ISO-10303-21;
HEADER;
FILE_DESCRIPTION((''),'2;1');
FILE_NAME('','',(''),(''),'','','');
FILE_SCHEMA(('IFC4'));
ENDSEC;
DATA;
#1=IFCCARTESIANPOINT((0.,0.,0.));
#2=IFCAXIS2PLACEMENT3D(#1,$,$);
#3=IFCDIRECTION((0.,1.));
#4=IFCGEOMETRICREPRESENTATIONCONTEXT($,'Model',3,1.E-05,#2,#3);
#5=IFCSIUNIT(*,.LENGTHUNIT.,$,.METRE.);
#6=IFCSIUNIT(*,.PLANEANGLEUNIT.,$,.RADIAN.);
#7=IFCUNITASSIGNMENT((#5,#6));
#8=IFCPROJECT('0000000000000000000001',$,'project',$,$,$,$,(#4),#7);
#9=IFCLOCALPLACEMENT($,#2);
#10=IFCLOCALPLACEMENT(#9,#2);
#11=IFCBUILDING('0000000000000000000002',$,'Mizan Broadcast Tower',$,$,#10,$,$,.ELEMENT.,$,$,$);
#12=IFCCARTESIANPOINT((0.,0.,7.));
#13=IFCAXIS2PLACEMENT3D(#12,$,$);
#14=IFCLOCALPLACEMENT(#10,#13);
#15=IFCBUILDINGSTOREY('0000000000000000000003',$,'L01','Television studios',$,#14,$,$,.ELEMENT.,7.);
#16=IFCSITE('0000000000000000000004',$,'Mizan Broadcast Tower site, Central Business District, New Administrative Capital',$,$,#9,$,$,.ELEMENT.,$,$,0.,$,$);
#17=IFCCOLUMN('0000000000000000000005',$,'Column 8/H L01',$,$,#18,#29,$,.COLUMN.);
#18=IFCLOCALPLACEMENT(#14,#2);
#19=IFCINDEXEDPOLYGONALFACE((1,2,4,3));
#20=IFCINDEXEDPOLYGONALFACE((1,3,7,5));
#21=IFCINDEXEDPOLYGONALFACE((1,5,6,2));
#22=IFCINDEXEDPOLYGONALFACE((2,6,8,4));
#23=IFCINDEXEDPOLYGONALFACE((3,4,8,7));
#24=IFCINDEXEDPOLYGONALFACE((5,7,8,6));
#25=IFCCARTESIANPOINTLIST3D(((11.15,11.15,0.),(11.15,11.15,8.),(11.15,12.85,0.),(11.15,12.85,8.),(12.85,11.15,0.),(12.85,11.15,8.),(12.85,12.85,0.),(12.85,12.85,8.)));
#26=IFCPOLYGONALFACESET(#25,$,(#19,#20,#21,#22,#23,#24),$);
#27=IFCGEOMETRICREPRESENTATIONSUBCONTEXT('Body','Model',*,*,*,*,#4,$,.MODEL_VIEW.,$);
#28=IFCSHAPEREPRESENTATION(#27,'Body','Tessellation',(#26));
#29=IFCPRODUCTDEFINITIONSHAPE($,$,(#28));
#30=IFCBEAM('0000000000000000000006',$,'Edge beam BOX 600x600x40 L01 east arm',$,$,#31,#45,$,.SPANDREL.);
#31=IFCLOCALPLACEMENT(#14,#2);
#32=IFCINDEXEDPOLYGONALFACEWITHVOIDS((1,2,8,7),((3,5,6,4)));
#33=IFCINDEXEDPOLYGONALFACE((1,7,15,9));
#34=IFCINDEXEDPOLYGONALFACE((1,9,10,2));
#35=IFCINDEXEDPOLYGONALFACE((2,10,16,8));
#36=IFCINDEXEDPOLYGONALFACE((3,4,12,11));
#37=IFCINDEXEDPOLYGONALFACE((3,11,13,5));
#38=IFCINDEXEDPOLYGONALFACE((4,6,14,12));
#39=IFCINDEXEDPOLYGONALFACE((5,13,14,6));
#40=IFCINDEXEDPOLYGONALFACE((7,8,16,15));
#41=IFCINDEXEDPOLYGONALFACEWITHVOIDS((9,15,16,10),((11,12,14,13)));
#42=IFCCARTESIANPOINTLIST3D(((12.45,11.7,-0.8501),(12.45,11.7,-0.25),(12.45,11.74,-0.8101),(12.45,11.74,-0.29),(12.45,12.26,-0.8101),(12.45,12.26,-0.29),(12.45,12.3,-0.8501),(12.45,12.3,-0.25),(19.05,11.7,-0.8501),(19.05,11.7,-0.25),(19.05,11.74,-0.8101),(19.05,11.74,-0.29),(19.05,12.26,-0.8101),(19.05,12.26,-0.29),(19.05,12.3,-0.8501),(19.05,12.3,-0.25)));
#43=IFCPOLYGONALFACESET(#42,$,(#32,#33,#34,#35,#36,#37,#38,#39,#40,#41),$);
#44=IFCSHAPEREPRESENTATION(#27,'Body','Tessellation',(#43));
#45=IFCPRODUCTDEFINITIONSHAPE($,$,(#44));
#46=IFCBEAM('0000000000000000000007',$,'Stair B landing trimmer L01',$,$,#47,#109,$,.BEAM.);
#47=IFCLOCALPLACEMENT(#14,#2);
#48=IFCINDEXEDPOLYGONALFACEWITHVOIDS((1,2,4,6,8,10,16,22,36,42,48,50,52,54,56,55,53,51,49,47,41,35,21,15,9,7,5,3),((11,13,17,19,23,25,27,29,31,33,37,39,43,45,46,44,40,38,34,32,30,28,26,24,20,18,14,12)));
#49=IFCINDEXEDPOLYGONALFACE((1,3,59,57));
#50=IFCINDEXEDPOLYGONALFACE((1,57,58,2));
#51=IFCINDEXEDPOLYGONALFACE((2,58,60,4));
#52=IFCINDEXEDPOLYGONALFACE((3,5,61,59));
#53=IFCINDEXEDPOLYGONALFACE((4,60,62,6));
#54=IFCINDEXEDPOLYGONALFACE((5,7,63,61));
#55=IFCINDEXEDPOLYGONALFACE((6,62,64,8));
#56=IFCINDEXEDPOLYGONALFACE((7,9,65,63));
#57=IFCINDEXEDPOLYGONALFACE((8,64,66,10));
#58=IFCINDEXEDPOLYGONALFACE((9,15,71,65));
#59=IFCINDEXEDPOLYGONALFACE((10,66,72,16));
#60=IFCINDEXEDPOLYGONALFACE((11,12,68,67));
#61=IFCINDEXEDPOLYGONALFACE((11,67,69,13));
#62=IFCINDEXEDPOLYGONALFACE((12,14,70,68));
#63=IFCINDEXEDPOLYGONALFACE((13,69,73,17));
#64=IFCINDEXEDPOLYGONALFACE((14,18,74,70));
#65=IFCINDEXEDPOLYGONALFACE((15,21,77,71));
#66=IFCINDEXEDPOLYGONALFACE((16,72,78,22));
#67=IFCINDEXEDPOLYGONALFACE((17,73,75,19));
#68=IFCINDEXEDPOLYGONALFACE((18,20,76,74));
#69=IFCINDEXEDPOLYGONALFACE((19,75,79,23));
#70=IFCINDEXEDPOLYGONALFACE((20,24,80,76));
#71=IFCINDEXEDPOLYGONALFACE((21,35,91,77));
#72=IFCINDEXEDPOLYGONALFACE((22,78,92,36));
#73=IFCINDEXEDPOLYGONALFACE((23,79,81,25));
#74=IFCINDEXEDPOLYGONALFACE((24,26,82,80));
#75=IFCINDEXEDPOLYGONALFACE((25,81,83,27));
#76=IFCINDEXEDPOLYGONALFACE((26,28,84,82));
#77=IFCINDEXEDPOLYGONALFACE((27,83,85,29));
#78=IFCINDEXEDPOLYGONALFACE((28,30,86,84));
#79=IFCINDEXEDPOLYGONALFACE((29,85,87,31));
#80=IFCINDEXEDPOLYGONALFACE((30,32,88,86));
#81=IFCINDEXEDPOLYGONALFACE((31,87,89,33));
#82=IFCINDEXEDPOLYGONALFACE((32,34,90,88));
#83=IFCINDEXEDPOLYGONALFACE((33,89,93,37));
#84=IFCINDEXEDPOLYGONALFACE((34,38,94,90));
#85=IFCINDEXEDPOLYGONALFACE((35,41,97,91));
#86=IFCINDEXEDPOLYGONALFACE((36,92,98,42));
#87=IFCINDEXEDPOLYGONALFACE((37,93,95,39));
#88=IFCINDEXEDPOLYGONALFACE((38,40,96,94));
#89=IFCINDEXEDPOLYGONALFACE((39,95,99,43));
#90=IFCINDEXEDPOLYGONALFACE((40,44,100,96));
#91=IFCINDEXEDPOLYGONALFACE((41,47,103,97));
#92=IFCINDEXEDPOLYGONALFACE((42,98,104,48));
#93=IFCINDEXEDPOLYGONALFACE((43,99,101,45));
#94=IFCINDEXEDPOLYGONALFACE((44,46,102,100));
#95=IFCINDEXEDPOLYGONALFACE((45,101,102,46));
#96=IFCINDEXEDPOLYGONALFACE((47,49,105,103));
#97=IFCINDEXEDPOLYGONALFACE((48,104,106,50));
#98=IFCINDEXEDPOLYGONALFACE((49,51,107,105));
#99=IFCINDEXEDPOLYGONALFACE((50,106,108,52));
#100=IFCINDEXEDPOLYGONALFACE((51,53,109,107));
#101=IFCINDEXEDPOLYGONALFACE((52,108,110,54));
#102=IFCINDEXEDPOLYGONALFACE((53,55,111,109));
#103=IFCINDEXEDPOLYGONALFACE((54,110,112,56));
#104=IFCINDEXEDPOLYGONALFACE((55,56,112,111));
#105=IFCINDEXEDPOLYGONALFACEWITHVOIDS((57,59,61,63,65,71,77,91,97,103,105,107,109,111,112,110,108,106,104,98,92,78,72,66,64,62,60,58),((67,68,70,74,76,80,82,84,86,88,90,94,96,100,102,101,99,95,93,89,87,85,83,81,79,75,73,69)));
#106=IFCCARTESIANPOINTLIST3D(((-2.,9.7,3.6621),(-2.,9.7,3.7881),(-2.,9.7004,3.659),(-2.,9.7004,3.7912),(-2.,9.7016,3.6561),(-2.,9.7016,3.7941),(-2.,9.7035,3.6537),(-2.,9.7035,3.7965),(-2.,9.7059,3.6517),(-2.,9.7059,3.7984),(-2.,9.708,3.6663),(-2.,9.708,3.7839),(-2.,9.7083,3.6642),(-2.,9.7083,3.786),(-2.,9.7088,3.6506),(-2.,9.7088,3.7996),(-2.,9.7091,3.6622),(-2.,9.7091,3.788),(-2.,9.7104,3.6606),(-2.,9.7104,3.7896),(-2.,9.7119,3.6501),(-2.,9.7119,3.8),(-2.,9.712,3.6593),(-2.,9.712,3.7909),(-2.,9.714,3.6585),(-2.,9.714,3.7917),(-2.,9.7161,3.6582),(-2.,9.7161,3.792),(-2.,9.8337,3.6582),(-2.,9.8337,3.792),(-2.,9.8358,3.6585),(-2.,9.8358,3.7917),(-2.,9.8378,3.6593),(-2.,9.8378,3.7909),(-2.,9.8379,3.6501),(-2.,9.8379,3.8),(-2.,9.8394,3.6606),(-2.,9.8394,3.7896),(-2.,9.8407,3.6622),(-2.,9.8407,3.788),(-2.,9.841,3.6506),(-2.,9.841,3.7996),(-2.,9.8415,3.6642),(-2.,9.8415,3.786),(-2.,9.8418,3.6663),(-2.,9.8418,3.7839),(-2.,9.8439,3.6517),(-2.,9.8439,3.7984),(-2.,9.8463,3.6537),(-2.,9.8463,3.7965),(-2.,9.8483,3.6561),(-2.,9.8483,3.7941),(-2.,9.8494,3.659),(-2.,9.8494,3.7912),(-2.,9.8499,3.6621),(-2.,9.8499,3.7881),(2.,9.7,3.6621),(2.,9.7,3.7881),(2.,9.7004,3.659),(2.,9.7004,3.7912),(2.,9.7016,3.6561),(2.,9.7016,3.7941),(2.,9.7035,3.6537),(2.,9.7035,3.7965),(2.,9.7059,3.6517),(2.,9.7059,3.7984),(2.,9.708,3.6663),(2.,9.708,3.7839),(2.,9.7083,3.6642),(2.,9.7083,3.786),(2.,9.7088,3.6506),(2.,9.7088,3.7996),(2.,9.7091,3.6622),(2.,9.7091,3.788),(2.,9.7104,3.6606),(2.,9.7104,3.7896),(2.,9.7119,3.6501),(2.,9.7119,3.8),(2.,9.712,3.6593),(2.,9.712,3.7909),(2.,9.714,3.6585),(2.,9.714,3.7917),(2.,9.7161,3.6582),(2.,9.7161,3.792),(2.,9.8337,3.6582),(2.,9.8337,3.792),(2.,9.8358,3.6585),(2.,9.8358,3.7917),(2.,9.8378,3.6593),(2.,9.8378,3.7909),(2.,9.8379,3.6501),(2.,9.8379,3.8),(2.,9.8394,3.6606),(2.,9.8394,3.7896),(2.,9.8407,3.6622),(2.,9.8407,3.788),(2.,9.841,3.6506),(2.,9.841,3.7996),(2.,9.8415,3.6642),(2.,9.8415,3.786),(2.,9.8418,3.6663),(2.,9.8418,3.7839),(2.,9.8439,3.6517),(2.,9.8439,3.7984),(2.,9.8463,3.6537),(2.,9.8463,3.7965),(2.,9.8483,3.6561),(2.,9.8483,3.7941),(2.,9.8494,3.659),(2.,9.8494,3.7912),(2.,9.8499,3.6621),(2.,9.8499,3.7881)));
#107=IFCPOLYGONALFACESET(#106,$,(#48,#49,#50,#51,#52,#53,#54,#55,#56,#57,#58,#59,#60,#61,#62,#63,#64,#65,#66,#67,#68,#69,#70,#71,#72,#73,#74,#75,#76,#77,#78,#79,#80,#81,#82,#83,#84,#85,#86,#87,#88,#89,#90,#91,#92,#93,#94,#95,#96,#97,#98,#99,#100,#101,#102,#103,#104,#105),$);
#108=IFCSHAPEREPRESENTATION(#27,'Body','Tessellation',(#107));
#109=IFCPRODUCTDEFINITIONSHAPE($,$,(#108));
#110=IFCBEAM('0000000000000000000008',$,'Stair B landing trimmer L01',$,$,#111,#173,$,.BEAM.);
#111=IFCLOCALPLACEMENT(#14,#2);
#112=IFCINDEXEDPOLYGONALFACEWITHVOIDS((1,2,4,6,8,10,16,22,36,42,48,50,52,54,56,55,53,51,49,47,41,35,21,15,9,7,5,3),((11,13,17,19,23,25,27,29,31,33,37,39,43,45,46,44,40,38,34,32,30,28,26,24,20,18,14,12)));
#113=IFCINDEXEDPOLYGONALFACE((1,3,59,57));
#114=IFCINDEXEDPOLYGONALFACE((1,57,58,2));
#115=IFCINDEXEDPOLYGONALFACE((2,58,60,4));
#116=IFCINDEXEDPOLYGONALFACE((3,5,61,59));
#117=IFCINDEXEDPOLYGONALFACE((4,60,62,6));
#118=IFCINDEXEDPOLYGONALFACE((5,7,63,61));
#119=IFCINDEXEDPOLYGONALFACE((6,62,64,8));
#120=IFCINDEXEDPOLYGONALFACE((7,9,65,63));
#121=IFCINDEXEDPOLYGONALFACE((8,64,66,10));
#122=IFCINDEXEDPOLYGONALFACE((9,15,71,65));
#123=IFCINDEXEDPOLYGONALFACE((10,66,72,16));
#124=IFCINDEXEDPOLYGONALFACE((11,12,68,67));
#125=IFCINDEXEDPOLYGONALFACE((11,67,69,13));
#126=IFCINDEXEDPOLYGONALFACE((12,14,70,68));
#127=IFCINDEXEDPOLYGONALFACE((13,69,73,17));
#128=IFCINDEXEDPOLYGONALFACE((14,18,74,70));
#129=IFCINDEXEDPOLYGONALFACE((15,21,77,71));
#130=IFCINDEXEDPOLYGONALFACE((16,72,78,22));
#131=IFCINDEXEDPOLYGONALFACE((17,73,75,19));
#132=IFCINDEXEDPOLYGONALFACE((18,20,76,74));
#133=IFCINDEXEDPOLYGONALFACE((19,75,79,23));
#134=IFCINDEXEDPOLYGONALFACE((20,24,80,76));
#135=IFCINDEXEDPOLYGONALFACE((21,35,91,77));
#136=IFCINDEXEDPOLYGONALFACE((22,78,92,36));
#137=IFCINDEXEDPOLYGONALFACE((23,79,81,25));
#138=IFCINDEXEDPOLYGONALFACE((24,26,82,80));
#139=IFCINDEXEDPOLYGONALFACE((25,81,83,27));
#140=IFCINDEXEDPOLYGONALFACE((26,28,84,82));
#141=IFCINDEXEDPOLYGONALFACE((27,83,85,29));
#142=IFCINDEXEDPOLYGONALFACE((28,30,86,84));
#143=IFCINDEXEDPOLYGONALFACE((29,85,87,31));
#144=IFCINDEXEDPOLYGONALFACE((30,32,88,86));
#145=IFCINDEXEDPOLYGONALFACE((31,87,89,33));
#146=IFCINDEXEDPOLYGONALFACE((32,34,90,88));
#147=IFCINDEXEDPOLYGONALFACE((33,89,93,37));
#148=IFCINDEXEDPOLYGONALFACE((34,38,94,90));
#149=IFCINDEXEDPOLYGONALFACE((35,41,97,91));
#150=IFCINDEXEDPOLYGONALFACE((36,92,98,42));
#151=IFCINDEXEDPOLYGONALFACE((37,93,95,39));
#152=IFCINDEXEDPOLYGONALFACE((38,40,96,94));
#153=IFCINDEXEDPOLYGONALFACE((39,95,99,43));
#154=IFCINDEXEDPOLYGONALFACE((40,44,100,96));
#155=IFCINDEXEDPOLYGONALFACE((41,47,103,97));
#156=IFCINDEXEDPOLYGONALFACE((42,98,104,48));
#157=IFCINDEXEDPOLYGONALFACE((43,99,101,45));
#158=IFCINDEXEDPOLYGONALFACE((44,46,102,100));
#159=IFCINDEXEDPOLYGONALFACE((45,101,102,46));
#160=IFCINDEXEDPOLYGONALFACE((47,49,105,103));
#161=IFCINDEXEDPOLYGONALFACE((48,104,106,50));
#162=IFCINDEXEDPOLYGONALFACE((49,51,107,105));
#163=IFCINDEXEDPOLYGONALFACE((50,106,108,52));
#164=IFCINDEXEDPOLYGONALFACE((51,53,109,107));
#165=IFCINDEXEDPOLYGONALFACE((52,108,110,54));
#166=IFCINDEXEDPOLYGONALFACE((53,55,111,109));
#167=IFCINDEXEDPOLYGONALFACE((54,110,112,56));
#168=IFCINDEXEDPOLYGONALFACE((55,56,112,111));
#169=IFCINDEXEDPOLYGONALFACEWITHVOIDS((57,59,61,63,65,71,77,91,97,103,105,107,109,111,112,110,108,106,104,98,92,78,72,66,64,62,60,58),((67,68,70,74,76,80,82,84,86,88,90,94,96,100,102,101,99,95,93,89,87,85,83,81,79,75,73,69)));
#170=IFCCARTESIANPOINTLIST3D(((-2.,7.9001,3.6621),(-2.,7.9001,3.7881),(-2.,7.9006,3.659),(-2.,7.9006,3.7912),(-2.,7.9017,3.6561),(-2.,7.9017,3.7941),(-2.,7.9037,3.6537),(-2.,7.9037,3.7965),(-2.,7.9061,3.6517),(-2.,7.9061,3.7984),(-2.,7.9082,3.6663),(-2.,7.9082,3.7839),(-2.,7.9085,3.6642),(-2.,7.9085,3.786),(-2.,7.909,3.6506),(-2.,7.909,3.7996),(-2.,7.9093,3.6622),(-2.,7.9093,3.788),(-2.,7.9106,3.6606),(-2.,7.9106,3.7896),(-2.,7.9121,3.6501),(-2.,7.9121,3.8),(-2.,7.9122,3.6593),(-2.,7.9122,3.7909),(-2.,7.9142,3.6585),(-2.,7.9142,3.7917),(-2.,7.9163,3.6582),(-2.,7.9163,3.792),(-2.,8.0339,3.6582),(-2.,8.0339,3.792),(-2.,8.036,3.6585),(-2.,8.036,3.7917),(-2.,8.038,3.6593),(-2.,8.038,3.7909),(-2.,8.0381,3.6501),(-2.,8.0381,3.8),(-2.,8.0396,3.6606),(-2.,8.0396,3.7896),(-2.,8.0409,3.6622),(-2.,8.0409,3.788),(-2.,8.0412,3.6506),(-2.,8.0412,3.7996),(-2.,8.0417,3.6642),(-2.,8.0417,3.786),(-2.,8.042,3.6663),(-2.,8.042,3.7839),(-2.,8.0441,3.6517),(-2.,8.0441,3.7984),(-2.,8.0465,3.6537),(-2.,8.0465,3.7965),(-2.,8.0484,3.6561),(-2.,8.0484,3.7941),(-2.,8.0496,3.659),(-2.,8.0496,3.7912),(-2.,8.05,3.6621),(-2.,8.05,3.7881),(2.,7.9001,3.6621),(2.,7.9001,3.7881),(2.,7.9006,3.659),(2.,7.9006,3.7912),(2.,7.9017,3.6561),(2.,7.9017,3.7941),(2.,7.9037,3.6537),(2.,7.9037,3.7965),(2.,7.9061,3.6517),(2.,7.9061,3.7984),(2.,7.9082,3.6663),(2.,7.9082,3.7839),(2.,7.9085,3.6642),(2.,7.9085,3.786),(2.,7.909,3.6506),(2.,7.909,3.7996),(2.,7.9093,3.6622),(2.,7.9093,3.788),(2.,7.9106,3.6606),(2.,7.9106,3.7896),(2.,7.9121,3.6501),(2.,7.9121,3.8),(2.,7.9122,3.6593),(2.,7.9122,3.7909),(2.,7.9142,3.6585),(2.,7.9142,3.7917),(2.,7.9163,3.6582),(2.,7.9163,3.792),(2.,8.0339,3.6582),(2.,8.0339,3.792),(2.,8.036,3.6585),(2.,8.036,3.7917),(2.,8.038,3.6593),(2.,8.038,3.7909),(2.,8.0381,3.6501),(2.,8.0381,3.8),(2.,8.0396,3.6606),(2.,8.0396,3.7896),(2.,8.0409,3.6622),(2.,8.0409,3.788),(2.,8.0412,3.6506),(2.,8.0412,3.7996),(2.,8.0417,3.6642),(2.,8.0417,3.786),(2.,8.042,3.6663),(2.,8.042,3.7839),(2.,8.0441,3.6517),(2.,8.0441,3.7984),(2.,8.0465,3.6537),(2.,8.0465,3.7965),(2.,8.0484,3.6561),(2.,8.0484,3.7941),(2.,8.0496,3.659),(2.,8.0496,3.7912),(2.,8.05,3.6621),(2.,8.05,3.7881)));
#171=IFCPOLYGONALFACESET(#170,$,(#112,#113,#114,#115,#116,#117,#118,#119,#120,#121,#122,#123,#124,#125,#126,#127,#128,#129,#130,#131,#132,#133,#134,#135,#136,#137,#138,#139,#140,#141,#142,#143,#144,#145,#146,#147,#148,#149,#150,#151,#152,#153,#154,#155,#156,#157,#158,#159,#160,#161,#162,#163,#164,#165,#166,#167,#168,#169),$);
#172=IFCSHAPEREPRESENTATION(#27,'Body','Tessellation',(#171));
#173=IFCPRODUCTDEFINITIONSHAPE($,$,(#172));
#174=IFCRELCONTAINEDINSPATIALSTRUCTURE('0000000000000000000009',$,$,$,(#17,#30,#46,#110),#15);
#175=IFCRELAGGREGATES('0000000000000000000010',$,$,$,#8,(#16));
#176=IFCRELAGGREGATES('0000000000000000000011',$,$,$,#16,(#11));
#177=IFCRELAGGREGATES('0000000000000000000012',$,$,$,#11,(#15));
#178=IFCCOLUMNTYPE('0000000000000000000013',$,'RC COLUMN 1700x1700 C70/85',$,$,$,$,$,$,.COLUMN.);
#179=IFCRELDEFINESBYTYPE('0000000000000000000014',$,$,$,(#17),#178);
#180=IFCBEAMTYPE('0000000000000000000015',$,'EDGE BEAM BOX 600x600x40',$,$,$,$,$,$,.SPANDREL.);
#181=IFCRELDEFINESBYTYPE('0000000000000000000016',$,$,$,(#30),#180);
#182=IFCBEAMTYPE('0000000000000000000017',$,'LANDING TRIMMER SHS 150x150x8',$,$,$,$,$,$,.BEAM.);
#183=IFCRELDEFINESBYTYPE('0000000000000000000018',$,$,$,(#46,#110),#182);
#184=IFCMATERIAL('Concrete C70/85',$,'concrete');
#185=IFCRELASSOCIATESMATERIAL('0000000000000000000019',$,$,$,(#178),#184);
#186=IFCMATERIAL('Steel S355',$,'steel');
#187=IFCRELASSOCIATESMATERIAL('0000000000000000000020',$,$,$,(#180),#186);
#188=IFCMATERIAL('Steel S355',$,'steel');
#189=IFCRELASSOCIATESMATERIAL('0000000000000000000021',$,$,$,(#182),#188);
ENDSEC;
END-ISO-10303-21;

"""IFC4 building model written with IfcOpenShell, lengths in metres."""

from ifc_helpers import new_model, si_unit, direction, frame, origin, origin_2d, place, context, subcontext, project, spatial, rectangle, hollow_rectangle, extrude, material, material_profile, profile_set, type_object, element, save


model = new_model("IFC4")

# Units and contexts
model_context = context("Model", 3, precision=1e-05, world=origin(), true_north=direction((0.0, 1.0)))
body_context = subcontext(model_context, "Body", "Model", "MODEL_VIEW")
ifc_project = project(units=[si_unit("LENGTHUNIT", "METRE"), si_unit("PLANEANGLEUNIT", "RADIAN")], contexts=[model_context])

# Site, building, storey
site_placement = place(None, origin())
site = spatial("IfcSite", under=ifc_project, at=site_placement, Name="Mizan Broadcast Tower site, Central Business District, New Administrative Capital", CompositionType="ELEMENT", RefElevation=0.0)
building_placement = place(site_placement, origin())
building = spatial("IfcBuilding", under=site, at=building_placement, Name="Mizan Broadcast Tower", CompositionType="ELEMENT")
storey_placement = place(building_placement, frame((0.0, 0.0, 7.0)))
storey = spatial("IfcBuildingStorey", under=building, at=storey_placement, Name="L01", Description="Television studios", CompositionType="ELEMENT", Elevation=7.0)

# Column
ifc_material_1 = material(Name="Concrete C70/85", Category="concrete")
ifc_material_profile_1 = material_profile(ifc_material_1, rectangle(XDim=1.7, YDim=1.7, at=origin_2d()), Name="RC 1700x1700")
ifc_profile_set_1 = profile_set([ifc_material_profile_1], Name="Concrete C70/85")
column_type = type_object("IfcColumnType", Name="RC COLUMN 1700x1700 C70/85", PredefinedType="COLUMN", material=ifc_profile_set_1)
column_placement = place(storey_placement, frame((12.0, 12.0, 0.0), z_axis=(0.0, 0.0, 1.0), x_axis=(1.0, 0.0, 0.0)))
element("IfcColumn", 1, at=column_placement, inside=storey, type_object=column_type, Name="Column 8/H L01", PredefinedType="COLUMN", context=body_context, shape_type="SweptSolid", body=[
    extrude(rectangle(XDim=1.7, YDim=1.7, at=origin_2d()), origin(), (0.0, 0.0, 1.0), 8.0),
])

# Beams
ifc_material_2 = material(Name="Steel S355", Category="steel")
ifc_material_profile_2 = material_profile(ifc_material_2, hollow_rectangle(XDim=0.6001, YDim=0.6001, WallThickness=0.04, at=origin_2d()), Name="BOX 600x600x40")
ifc_profile_set_2 = profile_set([ifc_material_profile_2], Name="Steel S355")
beam_type_1 = type_object("IfcBeamType", Name="EDGE BEAM BOX 600x600x40", PredefinedType="SPANDREL", material=ifc_profile_set_2)
beam_placement = place(storey_placement, frame((12.45, 12.0, -0.55), z_axis=(1.0, 0.0, 0.0), x_axis=(0.0, 1.0, 0.0)))
element("IfcBeam", 2, at=beam_placement, inside=storey, type_object=beam_type_1, Name="Edge beam BOX 600x600x40 L01 east arm", PredefinedType="SPANDREL", context=body_context, shape_type="SweptSolid", body=[
    extrude(hollow_rectangle(XDim=0.6001, YDim=0.6001, WallThickness=0.04, at=origin_2d()), origin(), (0.0, 0.0, 1.0), 6.6001),
])
ifc_material_3 = material(Name="Steel S355", Category="steel")
ifc_material_profile_3 = material_profile(ifc_material_3, hollow_rectangle(XDim=0.1499, YDim=0.1499, WallThickness=0.0081, InnerFilletRadius=0.0081, OuterFilletRadius=0.012, at=origin_2d()), Name="SHS 150x150x8")
ifc_profile_set_3 = profile_set([ifc_material_profile_3], Name="Steel S355")
beam_type_2 = type_object("IfcBeamType", Name="LANDING TRIMMER SHS 150x150x8", PredefinedType="BEAM", material=ifc_profile_set_3)
for number, where, z_axis, x_axis, name in (
    (3, (2.0, 9.7749, 3.7251), (-1.0, 0.0, 0.0), (0.0, -1.0, 0.0), "Stair B landing trimmer L01"),
    (4, (2.0, 7.9751, 3.7251), (-1.0, 0.0, 0.0), (0.0, -1.0, 0.0), "Stair B landing trimmer L01"),
):
    element("IfcBeam", number, at=place(storey_placement, frame(where, z_axis=z_axis, x_axis=x_axis)), inside=storey, type_object=beam_type_2, Name=name, PredefinedType="BEAM", context=body_context, shape_type="SweptSolid", body=[
        extrude(hollow_rectangle(XDim=0.1499, YDim=0.1499, WallThickness=0.0081, InnerFilletRadius=0.0081, OuterFilletRadius=0.012, at=origin_2d()), origin(), (0.0, 0.0, 1.0), 4.0),
    ])

save(model, "model.ifc")
